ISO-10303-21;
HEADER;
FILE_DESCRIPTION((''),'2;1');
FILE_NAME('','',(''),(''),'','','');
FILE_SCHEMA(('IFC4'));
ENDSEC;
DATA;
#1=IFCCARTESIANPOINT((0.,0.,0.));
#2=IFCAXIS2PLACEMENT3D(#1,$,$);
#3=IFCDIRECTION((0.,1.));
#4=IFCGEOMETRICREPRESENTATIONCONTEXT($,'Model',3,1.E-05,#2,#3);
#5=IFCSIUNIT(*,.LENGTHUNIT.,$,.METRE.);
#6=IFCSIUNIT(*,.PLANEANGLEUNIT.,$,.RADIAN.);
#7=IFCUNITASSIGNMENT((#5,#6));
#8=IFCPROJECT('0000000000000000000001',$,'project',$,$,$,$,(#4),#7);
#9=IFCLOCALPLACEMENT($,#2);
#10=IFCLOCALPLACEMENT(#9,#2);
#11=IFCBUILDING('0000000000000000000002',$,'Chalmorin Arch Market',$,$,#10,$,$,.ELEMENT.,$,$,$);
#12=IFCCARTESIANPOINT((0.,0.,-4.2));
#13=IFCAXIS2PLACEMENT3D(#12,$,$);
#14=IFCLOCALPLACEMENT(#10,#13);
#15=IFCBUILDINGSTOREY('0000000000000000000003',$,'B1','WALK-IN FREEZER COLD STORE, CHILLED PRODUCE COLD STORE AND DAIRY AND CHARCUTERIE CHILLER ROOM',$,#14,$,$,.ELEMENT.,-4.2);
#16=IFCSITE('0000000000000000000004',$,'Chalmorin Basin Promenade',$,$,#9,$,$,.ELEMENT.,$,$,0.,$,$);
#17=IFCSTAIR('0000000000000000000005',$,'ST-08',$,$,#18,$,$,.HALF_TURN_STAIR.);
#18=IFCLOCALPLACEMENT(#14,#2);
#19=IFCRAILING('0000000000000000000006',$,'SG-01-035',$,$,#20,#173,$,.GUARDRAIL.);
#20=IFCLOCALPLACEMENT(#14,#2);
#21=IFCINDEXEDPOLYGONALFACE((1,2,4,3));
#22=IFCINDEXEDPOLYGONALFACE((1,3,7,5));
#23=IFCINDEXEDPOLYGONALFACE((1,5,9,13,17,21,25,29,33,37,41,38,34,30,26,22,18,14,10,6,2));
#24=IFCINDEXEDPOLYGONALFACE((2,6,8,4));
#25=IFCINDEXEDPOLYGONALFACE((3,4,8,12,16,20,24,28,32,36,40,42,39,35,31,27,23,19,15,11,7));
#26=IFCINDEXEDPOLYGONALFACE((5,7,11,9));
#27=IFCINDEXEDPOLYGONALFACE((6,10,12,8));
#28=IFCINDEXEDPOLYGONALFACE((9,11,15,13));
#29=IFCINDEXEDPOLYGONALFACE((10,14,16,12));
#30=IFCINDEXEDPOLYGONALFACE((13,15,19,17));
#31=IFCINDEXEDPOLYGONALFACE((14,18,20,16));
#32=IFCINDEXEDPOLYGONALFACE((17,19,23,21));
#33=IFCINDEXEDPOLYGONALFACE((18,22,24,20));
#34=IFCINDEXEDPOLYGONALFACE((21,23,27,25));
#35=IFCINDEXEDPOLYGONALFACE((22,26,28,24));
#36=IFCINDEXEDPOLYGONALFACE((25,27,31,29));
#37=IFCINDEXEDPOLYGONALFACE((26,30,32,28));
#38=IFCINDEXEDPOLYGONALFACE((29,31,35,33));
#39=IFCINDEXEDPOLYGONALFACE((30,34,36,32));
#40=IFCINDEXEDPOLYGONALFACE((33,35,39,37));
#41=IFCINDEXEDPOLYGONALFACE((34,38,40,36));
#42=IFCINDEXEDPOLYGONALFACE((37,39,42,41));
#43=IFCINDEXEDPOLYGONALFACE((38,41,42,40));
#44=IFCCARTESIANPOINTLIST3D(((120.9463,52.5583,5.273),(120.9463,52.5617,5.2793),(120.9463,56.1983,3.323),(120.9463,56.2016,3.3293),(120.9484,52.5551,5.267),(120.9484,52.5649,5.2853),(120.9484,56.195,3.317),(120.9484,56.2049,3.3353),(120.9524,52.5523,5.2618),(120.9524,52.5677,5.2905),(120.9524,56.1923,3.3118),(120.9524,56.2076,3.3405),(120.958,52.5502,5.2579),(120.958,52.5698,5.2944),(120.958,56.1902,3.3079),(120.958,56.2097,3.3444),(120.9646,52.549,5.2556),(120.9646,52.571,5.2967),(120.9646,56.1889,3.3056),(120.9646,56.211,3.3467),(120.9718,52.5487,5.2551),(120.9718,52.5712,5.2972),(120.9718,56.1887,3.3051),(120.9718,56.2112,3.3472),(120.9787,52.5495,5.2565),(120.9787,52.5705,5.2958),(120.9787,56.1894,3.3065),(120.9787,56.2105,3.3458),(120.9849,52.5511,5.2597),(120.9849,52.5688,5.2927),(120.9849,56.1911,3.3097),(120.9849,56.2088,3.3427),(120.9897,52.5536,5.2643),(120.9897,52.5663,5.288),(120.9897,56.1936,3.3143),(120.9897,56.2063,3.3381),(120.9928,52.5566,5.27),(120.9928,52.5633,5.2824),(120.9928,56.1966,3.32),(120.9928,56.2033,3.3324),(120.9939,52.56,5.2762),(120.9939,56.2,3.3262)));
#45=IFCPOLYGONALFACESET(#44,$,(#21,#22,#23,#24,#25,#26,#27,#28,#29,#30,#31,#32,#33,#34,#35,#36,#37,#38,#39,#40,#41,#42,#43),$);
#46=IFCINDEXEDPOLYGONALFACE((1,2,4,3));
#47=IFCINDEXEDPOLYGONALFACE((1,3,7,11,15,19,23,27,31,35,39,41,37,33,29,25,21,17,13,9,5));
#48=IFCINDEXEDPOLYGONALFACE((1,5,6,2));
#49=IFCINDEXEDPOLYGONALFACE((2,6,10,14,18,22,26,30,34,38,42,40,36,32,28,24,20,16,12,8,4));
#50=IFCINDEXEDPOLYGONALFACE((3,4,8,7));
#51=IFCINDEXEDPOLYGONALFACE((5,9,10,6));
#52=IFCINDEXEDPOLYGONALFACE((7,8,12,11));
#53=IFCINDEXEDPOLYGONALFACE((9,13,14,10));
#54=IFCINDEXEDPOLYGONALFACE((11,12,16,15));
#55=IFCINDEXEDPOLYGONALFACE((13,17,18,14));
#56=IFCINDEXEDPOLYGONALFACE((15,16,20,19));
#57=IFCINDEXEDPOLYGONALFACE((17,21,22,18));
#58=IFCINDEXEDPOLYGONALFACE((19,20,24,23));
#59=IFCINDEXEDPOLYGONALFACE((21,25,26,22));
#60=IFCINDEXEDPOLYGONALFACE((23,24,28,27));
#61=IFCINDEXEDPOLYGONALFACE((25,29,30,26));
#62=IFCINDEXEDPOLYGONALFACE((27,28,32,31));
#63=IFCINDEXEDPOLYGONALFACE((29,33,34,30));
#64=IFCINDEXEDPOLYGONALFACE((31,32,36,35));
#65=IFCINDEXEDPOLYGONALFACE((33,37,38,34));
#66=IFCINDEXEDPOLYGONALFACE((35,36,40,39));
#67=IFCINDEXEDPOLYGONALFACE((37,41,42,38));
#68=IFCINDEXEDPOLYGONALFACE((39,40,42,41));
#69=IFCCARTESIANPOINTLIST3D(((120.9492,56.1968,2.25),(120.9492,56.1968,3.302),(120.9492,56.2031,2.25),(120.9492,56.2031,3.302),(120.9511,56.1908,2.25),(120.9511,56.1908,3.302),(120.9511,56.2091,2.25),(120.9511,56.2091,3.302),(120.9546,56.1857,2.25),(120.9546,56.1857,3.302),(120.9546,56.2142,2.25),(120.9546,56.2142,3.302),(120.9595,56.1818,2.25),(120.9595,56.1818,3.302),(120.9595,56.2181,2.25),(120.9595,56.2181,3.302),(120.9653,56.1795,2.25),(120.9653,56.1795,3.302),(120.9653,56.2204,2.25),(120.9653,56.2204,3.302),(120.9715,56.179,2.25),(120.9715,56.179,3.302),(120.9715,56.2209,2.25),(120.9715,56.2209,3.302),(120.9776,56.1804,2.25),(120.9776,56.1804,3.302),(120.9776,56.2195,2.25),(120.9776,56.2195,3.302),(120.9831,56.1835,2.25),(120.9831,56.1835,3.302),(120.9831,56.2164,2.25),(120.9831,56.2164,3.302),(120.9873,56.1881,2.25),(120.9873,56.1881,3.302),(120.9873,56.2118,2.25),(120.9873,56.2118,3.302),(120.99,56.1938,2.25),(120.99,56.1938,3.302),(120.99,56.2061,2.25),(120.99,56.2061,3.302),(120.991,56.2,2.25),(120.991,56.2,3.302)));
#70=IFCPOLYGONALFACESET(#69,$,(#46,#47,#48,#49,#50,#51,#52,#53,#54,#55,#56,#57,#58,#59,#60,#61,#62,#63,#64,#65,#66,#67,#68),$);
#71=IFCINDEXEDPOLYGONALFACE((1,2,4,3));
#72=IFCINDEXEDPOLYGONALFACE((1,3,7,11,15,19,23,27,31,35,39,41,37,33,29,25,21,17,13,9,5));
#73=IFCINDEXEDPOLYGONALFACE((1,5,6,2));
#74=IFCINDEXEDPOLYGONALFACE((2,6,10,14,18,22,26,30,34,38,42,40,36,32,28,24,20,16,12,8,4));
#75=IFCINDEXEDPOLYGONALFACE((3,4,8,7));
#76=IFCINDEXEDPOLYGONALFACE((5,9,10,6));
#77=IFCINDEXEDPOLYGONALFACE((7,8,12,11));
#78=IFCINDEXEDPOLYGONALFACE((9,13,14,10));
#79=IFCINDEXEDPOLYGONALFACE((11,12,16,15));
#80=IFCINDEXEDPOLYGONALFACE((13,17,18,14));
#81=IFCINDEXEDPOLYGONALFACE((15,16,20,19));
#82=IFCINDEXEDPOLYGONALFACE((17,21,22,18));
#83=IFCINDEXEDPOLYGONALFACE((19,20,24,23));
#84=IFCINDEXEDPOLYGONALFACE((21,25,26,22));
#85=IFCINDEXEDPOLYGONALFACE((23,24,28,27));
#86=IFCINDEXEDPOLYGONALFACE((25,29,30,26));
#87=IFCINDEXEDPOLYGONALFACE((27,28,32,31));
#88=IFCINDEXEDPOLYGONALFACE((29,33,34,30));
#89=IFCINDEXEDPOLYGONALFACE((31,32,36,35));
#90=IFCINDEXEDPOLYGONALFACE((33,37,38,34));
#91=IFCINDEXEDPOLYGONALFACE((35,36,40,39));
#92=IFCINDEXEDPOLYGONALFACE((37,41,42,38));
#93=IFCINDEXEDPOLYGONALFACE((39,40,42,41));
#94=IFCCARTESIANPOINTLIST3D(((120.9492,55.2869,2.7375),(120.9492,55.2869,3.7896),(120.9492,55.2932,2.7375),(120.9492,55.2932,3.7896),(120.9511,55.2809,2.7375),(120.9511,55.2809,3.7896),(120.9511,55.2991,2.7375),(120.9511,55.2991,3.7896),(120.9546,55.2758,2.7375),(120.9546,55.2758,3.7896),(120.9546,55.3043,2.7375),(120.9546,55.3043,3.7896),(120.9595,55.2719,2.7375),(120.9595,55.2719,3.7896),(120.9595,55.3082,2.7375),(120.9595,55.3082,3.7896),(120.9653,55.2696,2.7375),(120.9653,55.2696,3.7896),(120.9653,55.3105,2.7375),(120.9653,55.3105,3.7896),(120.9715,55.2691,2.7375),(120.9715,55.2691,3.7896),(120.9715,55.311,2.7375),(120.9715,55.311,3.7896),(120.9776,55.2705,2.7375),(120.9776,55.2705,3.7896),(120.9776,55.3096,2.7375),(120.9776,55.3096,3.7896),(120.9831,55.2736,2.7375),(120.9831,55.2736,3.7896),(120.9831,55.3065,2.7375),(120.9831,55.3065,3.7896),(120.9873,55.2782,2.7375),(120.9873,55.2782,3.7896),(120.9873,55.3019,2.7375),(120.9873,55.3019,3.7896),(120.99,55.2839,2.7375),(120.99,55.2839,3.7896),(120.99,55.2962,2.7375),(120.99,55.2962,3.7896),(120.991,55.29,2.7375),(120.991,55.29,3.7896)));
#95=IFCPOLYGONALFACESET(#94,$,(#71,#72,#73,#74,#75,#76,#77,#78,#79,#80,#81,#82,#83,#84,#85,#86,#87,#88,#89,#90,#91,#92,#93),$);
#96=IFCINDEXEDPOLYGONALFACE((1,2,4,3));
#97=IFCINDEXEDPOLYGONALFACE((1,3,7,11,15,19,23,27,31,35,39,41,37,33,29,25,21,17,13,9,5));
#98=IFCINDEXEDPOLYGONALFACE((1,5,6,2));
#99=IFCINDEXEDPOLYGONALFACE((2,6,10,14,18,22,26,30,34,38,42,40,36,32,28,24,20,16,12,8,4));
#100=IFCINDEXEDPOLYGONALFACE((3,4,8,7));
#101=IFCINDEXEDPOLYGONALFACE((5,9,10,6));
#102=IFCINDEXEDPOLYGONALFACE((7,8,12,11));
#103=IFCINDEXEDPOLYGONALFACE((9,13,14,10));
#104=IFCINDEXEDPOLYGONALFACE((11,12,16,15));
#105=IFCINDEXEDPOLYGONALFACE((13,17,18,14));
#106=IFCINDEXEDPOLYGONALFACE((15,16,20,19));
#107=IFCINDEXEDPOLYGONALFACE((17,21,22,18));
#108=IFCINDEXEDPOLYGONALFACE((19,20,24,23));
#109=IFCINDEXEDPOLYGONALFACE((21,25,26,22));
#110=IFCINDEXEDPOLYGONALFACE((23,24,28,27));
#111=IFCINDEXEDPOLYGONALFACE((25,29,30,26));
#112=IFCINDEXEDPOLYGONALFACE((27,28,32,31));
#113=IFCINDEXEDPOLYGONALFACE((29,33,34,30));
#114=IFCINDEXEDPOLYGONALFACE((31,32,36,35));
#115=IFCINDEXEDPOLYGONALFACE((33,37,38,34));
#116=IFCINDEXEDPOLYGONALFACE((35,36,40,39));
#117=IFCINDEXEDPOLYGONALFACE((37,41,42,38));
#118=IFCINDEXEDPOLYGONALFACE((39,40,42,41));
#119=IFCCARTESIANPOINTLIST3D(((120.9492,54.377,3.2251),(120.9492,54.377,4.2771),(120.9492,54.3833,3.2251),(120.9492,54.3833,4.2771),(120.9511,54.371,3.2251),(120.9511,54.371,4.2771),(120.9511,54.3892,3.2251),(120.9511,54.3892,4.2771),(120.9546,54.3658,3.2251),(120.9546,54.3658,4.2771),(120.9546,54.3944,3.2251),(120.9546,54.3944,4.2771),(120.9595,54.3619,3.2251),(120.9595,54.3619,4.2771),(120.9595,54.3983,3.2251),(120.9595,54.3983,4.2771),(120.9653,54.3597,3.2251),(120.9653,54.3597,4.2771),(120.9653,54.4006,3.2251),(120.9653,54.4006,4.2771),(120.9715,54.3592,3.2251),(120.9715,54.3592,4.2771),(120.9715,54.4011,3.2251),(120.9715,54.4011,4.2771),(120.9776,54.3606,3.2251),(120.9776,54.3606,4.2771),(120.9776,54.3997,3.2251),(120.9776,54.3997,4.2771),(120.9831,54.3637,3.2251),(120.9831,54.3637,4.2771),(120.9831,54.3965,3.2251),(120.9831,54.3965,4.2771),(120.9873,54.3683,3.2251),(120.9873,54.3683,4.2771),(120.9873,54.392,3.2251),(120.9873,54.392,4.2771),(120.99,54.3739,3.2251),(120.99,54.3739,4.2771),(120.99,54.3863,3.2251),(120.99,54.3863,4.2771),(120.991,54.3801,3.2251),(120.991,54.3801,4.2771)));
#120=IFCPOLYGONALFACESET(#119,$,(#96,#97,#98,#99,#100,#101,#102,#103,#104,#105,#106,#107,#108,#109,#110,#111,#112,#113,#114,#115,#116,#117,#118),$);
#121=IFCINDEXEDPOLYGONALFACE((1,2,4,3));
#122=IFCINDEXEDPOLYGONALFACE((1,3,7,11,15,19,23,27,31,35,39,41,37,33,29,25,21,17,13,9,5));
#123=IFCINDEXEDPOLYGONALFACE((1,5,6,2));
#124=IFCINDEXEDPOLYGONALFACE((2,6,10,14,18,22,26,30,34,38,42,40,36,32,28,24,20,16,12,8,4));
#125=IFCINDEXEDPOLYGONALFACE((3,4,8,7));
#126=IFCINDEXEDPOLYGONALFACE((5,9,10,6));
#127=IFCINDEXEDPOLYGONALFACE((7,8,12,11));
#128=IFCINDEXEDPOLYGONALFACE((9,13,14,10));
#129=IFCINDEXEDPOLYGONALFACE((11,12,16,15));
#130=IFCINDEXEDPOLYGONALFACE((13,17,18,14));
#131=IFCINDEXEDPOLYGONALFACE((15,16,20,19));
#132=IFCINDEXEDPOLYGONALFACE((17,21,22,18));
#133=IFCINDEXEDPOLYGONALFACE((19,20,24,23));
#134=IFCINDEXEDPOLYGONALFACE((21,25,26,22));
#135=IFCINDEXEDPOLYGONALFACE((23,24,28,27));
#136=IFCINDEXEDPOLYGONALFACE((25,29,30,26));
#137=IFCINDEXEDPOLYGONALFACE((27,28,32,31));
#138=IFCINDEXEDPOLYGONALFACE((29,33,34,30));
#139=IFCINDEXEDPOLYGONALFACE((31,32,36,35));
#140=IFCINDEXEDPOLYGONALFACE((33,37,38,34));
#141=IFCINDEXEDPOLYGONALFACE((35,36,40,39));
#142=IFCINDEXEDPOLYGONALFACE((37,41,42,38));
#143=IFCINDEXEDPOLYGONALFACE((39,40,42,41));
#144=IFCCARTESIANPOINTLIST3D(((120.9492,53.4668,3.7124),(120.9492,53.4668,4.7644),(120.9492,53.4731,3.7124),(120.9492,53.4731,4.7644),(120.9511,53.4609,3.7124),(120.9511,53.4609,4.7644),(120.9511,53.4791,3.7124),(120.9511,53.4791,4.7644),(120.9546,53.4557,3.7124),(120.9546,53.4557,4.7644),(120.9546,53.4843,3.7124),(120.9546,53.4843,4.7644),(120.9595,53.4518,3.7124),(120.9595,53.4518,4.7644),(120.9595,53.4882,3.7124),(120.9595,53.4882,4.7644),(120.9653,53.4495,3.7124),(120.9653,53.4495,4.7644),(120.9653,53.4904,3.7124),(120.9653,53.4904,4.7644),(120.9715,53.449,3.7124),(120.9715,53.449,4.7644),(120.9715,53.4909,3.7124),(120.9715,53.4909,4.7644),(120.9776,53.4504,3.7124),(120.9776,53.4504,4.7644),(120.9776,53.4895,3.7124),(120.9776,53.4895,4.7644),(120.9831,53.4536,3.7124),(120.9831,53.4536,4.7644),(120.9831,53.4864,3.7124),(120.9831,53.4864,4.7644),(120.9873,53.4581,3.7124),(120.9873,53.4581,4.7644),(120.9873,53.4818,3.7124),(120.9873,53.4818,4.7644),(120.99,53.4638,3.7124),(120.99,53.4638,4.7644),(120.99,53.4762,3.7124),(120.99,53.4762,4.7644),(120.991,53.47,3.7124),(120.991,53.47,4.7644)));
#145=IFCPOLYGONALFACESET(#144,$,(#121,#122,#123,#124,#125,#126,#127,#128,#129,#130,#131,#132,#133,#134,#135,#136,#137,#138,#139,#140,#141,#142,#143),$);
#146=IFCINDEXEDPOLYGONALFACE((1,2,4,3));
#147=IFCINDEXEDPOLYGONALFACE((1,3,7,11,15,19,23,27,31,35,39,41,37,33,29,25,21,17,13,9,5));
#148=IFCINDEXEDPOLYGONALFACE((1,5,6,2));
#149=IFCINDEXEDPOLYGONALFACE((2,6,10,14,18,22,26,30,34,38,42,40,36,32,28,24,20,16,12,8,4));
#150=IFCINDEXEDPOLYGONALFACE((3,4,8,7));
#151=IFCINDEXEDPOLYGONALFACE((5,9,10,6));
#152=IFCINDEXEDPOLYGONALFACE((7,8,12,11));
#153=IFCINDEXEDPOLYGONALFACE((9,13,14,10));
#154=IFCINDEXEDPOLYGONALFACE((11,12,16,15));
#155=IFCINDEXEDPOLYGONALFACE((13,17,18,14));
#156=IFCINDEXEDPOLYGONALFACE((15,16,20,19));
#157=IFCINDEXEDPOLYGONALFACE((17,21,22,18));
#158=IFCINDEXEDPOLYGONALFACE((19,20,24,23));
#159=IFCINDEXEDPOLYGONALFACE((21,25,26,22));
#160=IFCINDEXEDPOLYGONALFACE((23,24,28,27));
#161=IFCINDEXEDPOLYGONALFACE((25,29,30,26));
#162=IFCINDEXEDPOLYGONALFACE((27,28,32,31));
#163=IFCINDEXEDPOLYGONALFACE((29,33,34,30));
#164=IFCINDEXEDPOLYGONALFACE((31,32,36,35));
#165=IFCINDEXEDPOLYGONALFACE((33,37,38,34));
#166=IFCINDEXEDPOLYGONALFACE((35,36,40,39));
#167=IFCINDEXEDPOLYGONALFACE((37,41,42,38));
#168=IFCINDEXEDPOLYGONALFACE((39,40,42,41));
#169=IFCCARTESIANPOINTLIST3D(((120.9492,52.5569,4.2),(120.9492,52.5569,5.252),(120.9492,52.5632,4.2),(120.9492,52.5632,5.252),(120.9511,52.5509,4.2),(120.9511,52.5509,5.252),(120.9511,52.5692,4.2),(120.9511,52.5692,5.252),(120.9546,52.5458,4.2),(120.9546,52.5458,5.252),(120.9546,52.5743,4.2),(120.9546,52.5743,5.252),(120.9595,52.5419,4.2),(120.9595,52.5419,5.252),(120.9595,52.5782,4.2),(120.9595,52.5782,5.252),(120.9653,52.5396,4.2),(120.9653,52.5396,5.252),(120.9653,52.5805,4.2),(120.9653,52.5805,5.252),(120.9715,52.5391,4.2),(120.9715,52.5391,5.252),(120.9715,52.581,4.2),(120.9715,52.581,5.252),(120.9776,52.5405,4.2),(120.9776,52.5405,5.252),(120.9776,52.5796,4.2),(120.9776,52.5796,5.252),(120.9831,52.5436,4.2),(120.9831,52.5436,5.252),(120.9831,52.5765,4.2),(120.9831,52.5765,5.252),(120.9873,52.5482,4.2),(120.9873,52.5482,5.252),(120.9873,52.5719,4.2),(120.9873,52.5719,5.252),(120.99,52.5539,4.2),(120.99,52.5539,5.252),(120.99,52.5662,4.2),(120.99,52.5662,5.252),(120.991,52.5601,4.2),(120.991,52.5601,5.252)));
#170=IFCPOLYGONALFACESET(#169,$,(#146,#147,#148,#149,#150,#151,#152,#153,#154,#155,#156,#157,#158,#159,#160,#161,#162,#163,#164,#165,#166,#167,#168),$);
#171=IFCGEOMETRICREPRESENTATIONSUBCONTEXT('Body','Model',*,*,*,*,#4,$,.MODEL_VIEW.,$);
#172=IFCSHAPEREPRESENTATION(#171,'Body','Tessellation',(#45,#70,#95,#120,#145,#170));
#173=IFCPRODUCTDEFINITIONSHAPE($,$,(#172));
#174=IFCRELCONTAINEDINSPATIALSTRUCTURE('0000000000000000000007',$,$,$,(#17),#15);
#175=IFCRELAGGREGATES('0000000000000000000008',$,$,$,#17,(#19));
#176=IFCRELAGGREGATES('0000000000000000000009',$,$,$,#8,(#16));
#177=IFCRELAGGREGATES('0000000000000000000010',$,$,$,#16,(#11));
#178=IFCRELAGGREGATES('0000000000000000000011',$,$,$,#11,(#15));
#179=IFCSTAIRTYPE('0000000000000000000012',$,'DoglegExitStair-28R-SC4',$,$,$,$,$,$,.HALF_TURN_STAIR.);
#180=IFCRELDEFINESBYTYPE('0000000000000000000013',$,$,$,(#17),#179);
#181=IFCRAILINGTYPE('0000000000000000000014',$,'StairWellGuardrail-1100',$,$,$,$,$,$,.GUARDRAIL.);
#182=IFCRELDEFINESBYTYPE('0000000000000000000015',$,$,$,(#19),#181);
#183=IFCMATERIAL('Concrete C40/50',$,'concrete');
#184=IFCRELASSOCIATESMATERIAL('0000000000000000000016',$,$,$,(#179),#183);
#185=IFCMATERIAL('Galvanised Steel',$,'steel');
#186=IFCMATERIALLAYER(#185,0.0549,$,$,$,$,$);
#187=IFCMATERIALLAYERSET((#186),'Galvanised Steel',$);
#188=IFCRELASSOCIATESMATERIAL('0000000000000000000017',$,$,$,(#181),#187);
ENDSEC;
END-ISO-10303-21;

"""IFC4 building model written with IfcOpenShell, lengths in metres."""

from ifc_helpers import new_model, si_unit, direction, frame, origin, origin_2d, place, context, subcontext, project, spatial, circle, extrude, material, layer, layer_set, type_object, element, aggregate, save


model = new_model("IFC4")

# Units and contexts
model_context = context("Model", 3, precision=1e-05, world=origin(), true_north=direction((0.0, 1.0)))
body_context = subcontext(model_context, "Body", "Model", "MODEL_VIEW")
ifc_project = project(units=[si_unit("LENGTHUNIT", "METRE"), si_unit("PLANEANGLEUNIT", "RADIAN")], contexts=[model_context])

# Site, building, storey
site_placement = place(None, origin())
site = spatial("IfcSite", under=ifc_project, at=site_placement, Name="Chalmorin Basin Promenade", CompositionType="ELEMENT", RefElevation=0.0)
building_placement = place(site_placement, origin())
building = spatial("IfcBuilding", under=site, at=building_placement, Name="Chalmorin Arch Market", CompositionType="ELEMENT")
storey_placement = place(building_placement, frame((0.0, 0.0, -4.2)))
storey = spatial("IfcBuildingStorey", under=building, at=storey_placement, Name="B1", Description="WALK-IN FREEZER COLD STORE, CHILLED PRODUCE COLD STORE AND DAIRY AND CHARCUTERIE CHILLER ROOM", CompositionType="ELEMENT", Elevation=-4.2)

# Shared definitions
ifc_material_1 = material(Name="Concrete C40/50", Category="concrete")

# Stair, railing
stair_type = type_object("IfcStairType", Name="DoglegExitStair-28R-SC4", PredefinedType="HALF_TURN_STAIR", material=ifc_material_1)
stair_placement = place(storey_placement, origin())
stair = element("IfcStair", 1, at=stair_placement, inside=storey, type_object=stair_type, Name="ST-08", PredefinedType="HALF_TURN_STAIR")
ifc_material_2 = material(Name="Galvanised Steel", Category="steel")
ifc_layer_1 = layer(ifc_material_2, 0.0549)
ifc_layer_set_1 = layer_set([ifc_layer_1], Name="Galvanised Steel")
railing_type_1 = type_object("IfcRailingType", Name="StairWellGuardrail-1100", PredefinedType="GUARDRAIL", material=ifc_layer_set_1)
railing_1_placement = place(storey_placement, frame((120.97, 56.2, 2.25)))
railing_1 = element("IfcRailing", 2, at=railing_1_placement, type_object=railing_type_1, Name="SG-01-035", PredefinedType="GUARDRAIL", context=body_context, shape_type="SweptSolid", body=[
    extrude(circle(Radius=0.0239, at=origin_2d()), frame((0.0, 0.0, 1.0762), z_axis=(0.0, -0.881479, 0.472223), x_axis=(1.0, 0.0, 0.0)), (0.0, 0.0, 1.0), 4.1294),
    extrude(circle(Radius=0.021, at=origin_2d()), origin(), (0.0, 0.0, 1.0), 1.052),
    extrude(circle(Radius=0.021, at=origin_2d()), frame((0.0, -0.9099, 0.4875)), (0.0, 0.0, 1.0), 1.052),
    extrude(circle(Radius=0.021, at=origin_2d()), frame((0.0, -1.8198, 0.9751)), (0.0, 0.0, 1.0), 1.052),
    extrude(circle(Radius=0.021, at=origin_2d()), frame((0.0, -2.73, 1.4624)), (0.0, 0.0, 1.0), 1.052),
    extrude(circle(Radius=0.021, at=origin_2d()), frame((0.0, -3.6399, 1.95)), (0.0, 0.0, 1.0), 1.052),
])
aggregate(stair, [railing_1])

save(model, "model.ifc")
